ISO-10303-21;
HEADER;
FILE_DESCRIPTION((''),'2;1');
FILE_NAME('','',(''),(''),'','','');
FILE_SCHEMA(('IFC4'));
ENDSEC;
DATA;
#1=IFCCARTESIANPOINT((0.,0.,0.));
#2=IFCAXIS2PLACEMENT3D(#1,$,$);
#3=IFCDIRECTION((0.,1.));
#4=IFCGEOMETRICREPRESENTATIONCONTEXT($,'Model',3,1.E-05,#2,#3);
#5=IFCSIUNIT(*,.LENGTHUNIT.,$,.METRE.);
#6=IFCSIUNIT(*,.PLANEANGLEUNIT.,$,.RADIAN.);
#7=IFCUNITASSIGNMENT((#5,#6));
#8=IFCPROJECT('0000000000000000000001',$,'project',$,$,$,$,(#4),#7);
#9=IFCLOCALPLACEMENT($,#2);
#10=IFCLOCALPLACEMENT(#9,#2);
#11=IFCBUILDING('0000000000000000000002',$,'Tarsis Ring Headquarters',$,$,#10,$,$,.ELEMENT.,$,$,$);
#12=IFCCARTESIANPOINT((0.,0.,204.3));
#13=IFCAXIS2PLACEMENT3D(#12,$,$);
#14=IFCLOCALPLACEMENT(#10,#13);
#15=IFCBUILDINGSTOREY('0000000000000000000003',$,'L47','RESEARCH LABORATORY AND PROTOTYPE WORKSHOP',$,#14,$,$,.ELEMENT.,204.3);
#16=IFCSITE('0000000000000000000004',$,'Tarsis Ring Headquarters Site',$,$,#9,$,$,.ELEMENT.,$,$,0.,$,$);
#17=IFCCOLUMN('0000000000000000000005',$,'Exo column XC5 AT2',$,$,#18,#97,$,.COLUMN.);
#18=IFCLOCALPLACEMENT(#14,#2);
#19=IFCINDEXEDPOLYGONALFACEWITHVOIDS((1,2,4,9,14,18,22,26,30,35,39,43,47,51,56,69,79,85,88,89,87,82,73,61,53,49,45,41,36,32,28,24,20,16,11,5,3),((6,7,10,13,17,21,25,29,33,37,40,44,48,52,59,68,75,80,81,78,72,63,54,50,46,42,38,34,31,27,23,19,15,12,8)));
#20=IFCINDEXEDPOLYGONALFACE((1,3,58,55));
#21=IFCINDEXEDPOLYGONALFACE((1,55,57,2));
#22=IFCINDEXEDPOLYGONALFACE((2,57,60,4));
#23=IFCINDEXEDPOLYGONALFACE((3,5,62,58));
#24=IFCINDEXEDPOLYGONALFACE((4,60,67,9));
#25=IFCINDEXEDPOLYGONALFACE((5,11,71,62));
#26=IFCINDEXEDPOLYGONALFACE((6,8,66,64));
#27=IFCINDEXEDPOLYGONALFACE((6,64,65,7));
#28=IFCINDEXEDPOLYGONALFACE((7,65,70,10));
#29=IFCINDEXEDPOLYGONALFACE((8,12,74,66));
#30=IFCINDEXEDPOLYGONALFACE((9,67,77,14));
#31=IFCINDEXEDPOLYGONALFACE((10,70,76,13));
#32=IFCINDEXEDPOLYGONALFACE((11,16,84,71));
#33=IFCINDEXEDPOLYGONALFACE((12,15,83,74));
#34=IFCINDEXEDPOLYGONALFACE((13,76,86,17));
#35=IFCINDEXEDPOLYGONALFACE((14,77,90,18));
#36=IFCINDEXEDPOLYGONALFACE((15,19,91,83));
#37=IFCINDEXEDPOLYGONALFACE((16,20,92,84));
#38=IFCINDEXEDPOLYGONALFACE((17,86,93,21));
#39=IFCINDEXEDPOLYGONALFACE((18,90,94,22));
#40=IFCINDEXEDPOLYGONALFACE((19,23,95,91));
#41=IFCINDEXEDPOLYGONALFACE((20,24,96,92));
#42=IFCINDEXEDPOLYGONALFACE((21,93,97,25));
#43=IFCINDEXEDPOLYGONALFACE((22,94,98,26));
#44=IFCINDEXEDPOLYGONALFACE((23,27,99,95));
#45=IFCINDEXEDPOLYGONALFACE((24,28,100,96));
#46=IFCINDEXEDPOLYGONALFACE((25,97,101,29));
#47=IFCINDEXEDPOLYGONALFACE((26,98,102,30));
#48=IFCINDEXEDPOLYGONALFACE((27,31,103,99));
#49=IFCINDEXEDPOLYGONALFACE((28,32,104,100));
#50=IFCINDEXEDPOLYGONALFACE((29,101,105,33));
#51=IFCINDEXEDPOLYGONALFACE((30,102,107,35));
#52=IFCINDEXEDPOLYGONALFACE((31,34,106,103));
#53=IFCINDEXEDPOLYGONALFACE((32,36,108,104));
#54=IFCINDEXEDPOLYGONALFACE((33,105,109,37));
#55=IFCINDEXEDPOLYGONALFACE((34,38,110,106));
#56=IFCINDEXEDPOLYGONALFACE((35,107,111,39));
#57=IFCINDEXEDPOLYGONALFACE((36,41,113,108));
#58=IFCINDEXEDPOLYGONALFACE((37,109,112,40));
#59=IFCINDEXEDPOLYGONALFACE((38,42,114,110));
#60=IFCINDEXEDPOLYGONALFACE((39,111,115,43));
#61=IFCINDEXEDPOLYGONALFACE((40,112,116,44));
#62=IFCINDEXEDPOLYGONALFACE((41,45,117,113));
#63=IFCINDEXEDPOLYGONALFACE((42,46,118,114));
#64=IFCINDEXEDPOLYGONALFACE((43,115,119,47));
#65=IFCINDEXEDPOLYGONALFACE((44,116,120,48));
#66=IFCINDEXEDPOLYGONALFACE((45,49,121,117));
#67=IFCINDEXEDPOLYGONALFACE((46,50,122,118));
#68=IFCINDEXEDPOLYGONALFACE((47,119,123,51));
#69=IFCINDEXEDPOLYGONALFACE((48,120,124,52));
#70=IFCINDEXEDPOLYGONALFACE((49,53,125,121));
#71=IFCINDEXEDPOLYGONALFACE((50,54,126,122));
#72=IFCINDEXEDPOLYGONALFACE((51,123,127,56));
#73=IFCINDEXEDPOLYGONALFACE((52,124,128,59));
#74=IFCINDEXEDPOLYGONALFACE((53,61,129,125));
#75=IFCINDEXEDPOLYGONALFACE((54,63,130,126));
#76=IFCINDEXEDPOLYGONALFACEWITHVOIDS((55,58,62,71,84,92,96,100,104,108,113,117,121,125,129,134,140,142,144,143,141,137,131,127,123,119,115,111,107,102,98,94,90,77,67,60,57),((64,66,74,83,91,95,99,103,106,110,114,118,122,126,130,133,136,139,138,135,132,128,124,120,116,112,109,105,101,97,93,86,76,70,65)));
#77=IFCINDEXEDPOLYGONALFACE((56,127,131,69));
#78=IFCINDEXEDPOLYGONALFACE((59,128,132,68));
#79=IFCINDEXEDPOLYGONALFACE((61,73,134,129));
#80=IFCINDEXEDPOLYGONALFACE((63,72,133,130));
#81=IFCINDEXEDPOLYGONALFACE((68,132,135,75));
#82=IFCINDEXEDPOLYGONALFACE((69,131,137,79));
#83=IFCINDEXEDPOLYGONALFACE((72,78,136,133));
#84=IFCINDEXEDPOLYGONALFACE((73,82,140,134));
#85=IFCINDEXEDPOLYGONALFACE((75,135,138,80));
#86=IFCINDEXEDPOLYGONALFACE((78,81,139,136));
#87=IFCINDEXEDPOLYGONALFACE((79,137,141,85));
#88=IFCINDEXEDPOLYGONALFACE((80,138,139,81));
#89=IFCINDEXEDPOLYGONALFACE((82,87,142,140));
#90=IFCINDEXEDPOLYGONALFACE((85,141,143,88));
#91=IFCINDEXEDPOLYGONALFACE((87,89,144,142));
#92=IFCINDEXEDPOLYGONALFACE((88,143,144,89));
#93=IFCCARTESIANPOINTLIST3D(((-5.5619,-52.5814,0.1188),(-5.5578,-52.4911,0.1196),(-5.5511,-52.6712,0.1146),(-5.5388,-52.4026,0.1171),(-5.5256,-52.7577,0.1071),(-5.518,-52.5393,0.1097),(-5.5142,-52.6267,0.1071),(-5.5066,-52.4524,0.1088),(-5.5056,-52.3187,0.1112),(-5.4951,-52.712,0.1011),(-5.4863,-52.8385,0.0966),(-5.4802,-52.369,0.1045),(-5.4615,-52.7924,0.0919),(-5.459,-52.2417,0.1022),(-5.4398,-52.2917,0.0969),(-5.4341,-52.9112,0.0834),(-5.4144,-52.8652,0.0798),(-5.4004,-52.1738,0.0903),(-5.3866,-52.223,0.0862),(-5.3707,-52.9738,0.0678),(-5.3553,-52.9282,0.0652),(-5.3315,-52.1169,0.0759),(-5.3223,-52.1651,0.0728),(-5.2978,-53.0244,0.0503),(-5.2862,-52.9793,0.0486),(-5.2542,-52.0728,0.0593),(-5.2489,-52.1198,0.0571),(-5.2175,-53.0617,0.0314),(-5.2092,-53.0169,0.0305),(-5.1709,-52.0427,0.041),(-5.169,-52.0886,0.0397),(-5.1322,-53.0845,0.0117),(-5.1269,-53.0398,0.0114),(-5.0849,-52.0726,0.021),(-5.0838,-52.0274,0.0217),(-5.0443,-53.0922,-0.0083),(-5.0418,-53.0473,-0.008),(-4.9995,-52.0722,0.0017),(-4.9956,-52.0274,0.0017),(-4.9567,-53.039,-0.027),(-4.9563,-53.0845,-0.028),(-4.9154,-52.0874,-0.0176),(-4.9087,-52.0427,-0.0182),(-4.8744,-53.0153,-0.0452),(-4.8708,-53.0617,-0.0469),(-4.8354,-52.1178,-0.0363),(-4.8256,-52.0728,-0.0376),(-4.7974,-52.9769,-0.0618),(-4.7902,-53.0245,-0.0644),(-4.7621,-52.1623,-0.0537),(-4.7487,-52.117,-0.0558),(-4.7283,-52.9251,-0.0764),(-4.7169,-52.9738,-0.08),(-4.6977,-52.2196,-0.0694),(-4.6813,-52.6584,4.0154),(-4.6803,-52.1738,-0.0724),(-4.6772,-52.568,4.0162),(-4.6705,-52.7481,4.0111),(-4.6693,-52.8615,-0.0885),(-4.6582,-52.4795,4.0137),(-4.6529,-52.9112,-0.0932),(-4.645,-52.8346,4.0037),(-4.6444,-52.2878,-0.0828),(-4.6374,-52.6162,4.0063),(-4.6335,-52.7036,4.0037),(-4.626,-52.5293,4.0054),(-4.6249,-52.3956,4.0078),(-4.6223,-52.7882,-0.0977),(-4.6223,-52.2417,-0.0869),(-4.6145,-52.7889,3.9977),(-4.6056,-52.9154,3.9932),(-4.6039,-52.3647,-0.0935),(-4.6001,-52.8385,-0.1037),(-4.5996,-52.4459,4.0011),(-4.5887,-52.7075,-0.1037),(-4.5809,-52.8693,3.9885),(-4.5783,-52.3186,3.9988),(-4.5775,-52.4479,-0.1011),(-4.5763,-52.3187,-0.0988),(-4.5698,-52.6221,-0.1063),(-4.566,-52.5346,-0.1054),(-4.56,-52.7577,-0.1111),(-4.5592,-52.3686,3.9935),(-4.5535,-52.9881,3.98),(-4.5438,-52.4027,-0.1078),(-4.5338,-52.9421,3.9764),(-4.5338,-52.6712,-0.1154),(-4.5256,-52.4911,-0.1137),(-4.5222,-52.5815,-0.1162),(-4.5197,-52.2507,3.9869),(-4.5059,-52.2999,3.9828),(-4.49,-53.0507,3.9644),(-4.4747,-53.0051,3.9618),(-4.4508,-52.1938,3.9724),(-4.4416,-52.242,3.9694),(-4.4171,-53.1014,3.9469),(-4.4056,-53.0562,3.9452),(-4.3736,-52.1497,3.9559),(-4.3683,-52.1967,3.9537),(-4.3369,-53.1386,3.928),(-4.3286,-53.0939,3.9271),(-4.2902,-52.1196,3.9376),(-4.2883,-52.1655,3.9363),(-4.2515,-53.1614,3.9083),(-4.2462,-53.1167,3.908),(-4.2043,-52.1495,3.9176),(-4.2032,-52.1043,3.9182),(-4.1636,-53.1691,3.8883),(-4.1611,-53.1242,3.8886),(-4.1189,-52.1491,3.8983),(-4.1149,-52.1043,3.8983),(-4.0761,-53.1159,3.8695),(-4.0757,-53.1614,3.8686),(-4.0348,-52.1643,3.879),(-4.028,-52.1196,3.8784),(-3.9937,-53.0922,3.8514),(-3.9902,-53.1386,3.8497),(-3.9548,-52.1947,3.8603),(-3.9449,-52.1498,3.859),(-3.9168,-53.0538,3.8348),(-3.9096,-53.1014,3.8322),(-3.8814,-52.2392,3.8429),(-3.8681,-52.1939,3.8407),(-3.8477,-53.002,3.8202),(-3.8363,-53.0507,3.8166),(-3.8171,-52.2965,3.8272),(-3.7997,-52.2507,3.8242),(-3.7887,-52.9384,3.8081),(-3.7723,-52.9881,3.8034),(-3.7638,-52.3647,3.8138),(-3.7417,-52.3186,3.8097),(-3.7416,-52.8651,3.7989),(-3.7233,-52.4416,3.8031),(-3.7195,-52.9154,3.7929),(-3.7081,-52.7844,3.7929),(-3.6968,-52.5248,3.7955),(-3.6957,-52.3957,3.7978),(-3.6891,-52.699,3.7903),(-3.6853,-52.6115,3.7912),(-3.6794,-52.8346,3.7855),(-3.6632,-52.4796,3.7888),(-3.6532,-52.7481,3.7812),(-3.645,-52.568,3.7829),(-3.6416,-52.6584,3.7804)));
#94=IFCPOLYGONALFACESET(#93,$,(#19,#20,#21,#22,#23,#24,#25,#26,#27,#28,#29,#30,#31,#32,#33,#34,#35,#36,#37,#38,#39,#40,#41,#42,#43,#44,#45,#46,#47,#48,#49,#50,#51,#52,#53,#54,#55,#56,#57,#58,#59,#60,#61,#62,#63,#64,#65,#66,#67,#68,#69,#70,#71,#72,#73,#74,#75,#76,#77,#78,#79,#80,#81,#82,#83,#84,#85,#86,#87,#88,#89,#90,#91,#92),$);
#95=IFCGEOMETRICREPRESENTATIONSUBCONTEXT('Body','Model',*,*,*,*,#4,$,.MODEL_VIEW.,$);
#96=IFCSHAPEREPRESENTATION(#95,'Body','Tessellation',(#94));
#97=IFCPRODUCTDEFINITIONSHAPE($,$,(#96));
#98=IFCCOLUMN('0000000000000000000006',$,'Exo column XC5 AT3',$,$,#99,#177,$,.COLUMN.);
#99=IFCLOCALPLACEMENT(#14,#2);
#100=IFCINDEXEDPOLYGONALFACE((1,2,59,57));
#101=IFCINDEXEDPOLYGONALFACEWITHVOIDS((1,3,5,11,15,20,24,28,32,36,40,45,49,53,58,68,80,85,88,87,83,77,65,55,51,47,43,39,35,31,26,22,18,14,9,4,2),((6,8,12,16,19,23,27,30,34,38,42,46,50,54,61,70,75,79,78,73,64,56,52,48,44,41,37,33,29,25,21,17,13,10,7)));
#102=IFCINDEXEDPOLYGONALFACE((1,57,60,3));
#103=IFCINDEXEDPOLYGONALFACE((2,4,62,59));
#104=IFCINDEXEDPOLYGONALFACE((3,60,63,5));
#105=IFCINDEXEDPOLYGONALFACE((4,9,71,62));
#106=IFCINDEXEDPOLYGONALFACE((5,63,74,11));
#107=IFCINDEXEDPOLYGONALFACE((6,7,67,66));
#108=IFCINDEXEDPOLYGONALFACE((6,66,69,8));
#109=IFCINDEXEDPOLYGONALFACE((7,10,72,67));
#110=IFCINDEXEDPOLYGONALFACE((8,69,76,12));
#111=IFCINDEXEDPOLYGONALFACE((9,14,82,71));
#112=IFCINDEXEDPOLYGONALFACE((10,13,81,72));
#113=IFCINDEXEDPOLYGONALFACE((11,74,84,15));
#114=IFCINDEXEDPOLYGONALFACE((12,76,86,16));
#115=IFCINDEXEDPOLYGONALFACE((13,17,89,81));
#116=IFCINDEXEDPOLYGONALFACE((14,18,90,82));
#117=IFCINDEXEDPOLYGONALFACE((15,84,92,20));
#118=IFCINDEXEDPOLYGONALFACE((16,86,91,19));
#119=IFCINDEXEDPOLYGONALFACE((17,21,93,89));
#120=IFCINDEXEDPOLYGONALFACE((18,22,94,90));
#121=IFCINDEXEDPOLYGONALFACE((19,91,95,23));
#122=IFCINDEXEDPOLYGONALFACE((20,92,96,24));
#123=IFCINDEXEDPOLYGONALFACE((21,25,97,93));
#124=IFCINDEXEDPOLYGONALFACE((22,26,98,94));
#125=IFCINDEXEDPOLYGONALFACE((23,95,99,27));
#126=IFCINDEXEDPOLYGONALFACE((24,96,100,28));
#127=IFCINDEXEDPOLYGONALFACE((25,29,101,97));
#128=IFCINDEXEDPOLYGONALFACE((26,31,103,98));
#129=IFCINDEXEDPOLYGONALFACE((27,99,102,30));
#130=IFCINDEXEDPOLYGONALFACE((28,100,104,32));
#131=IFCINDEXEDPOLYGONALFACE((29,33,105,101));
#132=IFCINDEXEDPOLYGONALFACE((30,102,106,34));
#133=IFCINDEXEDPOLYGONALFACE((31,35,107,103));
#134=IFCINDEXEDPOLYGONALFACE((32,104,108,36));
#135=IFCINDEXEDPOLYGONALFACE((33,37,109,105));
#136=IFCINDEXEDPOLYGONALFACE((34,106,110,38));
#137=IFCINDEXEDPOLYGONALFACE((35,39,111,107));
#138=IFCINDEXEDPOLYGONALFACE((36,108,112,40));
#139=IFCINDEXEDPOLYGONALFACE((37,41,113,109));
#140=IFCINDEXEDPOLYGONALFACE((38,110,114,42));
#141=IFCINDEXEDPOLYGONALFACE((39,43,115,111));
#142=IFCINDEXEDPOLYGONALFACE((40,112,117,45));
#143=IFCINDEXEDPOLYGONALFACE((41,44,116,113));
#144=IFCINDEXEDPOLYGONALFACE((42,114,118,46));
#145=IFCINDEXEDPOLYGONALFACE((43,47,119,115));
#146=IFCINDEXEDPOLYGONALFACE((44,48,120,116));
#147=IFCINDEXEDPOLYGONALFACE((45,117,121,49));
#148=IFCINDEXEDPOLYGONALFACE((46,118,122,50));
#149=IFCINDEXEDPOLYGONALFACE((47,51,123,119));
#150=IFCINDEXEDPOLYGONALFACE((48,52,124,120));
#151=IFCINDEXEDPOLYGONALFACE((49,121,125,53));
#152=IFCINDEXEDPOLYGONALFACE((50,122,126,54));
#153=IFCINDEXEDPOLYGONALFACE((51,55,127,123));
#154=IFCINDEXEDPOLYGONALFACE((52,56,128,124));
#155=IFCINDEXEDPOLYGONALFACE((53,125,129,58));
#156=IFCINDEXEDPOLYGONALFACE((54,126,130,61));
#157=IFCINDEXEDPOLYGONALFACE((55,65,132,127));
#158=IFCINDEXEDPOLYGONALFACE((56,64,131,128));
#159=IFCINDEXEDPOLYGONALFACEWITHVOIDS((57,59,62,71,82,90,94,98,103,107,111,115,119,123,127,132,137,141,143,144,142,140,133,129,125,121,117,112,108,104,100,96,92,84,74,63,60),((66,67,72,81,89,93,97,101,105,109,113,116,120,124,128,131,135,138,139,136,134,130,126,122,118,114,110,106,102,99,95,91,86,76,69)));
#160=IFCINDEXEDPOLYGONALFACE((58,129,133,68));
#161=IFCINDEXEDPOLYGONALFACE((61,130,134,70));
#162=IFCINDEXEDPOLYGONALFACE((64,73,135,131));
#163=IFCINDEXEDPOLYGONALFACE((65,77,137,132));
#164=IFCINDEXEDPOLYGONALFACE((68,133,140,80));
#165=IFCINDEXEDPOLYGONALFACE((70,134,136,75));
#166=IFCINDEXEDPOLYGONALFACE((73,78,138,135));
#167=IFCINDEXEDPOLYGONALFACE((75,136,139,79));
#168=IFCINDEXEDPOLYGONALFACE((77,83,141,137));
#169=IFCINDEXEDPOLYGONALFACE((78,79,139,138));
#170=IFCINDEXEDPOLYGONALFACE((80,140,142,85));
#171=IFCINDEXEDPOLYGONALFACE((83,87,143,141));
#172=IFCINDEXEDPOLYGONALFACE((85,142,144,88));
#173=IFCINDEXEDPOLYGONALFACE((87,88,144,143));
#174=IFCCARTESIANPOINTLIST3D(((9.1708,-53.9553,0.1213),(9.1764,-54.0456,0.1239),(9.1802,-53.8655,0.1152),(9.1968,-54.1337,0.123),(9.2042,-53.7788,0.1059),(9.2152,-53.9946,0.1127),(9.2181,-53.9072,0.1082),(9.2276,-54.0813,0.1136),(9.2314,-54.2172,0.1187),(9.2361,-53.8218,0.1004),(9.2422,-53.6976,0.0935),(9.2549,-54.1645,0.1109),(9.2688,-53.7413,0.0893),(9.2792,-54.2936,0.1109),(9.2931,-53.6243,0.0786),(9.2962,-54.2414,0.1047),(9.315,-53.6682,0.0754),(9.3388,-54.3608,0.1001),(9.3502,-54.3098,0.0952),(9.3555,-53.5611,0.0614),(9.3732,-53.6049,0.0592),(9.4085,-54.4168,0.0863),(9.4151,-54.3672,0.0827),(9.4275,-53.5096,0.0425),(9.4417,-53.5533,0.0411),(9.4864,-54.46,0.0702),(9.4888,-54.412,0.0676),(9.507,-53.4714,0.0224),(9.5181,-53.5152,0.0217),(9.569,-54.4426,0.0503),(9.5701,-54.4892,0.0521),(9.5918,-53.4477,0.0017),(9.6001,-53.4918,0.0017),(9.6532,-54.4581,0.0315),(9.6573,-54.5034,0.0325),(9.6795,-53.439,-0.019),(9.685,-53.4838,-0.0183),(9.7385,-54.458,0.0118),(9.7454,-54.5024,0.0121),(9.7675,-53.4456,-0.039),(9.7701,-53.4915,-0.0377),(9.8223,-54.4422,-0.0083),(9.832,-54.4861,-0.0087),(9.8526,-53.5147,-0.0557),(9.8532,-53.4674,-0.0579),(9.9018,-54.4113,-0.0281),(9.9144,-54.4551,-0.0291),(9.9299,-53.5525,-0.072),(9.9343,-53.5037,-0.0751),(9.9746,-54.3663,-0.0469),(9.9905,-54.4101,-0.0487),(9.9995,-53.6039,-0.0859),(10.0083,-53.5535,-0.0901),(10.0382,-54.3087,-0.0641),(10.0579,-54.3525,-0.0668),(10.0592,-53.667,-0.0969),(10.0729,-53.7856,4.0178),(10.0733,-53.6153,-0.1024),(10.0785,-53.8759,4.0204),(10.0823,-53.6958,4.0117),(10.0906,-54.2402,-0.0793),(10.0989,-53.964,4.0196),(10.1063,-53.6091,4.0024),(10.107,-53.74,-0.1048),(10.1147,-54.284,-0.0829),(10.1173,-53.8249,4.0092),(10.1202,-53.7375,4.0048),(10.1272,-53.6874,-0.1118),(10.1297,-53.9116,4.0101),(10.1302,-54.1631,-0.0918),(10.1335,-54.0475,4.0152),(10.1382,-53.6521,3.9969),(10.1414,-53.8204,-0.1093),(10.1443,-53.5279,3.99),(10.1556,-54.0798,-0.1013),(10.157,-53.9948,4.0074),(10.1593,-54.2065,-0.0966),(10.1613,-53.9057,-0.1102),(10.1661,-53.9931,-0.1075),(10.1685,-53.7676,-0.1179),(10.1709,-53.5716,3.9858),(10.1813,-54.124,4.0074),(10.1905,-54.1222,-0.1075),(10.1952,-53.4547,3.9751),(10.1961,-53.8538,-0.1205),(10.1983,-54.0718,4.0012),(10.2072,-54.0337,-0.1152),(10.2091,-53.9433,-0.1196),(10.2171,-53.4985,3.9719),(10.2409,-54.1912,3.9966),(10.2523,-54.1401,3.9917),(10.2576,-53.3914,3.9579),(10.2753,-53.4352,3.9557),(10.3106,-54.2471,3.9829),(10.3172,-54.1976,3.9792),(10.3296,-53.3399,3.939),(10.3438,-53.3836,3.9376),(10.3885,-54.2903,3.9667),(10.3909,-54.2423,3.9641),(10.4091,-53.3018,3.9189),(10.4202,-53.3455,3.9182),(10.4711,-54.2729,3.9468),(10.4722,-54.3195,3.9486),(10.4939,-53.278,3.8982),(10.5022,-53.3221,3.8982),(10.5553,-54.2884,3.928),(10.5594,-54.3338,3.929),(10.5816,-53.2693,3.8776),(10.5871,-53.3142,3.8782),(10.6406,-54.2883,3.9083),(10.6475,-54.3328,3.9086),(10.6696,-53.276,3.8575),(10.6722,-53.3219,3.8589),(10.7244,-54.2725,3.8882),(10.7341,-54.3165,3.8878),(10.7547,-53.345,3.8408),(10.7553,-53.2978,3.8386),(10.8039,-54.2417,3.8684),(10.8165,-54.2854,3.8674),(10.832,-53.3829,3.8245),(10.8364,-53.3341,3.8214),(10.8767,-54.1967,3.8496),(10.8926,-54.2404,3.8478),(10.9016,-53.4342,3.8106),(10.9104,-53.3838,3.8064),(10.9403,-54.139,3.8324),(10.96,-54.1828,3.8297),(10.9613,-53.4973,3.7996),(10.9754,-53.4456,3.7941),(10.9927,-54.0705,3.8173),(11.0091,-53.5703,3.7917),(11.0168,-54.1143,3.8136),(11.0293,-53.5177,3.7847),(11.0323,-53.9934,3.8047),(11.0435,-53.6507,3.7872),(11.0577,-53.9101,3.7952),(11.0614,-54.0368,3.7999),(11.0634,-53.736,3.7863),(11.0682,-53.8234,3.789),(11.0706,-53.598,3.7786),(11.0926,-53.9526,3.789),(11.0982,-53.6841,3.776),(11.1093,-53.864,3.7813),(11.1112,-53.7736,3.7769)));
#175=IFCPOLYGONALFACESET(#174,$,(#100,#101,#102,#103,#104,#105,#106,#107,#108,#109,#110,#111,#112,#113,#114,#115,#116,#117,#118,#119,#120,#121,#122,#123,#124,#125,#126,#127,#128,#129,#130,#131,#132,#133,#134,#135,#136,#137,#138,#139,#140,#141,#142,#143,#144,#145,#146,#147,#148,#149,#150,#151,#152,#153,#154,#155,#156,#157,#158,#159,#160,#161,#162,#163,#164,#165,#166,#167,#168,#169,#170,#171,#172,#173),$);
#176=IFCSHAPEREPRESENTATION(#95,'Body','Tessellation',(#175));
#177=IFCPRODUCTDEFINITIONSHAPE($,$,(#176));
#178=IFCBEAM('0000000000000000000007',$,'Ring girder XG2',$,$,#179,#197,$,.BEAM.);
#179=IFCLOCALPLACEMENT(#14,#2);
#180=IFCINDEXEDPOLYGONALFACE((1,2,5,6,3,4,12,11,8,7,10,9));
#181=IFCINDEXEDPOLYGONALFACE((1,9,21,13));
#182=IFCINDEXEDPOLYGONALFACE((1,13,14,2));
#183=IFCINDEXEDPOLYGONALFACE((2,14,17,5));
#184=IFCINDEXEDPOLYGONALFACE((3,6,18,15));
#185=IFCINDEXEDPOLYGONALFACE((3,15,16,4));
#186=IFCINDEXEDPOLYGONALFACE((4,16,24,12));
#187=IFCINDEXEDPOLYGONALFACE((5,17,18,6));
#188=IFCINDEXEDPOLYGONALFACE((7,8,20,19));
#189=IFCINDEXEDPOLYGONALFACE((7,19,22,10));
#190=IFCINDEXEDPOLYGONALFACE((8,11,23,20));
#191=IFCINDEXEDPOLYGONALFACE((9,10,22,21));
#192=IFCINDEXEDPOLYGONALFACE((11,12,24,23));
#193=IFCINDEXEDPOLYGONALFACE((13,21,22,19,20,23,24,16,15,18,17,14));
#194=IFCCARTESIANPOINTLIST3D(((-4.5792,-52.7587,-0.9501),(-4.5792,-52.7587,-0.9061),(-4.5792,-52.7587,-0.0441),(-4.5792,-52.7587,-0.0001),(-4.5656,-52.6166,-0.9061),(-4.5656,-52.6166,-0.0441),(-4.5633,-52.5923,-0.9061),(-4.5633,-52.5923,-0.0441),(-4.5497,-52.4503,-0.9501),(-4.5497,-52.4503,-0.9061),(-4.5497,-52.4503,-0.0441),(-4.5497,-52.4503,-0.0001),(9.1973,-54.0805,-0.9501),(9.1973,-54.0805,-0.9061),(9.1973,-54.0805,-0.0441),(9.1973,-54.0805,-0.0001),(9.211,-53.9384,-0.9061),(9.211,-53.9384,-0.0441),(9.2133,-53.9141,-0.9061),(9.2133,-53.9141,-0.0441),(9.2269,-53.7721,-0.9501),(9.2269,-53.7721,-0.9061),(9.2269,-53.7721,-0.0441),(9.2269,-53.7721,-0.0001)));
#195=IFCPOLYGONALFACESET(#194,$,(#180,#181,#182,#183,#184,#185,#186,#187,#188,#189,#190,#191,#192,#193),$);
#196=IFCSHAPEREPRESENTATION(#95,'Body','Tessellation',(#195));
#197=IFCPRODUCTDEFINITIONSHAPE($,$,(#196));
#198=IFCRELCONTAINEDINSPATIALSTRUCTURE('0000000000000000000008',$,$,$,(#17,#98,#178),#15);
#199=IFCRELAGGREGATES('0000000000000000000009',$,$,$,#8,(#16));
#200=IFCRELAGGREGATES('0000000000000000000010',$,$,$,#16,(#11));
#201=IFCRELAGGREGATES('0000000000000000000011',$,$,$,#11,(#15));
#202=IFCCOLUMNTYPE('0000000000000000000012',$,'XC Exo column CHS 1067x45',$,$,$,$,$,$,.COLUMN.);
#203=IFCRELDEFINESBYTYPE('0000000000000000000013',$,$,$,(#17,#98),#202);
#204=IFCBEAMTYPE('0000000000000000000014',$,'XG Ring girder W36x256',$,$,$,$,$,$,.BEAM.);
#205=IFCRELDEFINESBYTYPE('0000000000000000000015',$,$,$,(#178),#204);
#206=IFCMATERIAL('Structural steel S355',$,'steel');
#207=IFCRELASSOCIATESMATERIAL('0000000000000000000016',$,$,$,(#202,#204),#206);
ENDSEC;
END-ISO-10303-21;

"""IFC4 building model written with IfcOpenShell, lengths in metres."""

from ifc_helpers import new_model, si_unit, direction, frame, origin, origin_2d, place, context, subcontext, project, spatial, hollow_circle, i_section, extrude, material, material_profile, profile_set, type_object, element, save


model = new_model("IFC4")

# Units and contexts
model_context = context("Model", 3, precision=1e-05, world=origin(), true_north=direction((0.0, 1.0)))
body_context = subcontext(model_context, "Body", "Model", "MODEL_VIEW")
ifc_project = project(units=[si_unit("LENGTHUNIT", "METRE"), si_unit("PLANEANGLEUNIT", "RADIAN")], contexts=[model_context])

# Site, building, storey
site_placement = place(None, origin())
site = spatial("IfcSite", under=ifc_project, at=site_placement, Name="Tarsis Ring Headquarters Site", CompositionType="ELEMENT", RefElevation=0.0)
building_placement = place(site_placement, origin())
building = spatial("IfcBuilding", under=site, at=building_placement, Name="Tarsis Ring Headquarters", CompositionType="ELEMENT")
storey_placement = place(building_placement, frame((0.0, 0.0, 204.3)))
storey = spatial("IfcBuildingStorey", under=building, at=storey_placement, Name="L47", Description="RESEARCH LABORATORY AND PROTOTYPE WORKSHOP", CompositionType="ELEMENT", Elevation=204.3)

# Columns
ifc_material_1 = material(Name="Structural steel S355", Category="steel")
ifc_material_profile_1 = material_profile(ifc_material_1, hollow_circle(Radius=0.5334, WallThickness=0.0449, at=origin_2d()), Name="CHS 1067x45")
ifc_profile_set_1 = profile_set([ifc_material_profile_1], Name="Structural steel S355")
column_type = type_object("IfcColumnType", Name="XC Exo column CHS 1067x45", PredefinedType="COLUMN", material=ifc_profile_set_1)
column_1_placement = place(storey_placement, frame((-5.042, -52.5588, 0.0017), z_axis=(0.220402, -0.019248, 0.975219), x_axis=(0.086999, 0.996208, 0.0)))
element("IfcColumn", 1, at=column_1_placement, inside=storey, type_object=column_type, Name="Exo column XC5 AT2", PredefinedType="COLUMN", context=body_context, shape_type="SweptSolid", body=[
    extrude(hollow_circle(Radius=0.5334, WallThickness=0.0449, at=origin_2d()), origin(), (0.0, 0.0, 1.0), 3.9956),
])
column_2_placement = place(storey_placement, frame((9.6904, -53.9719, 0.0017), z_axis=(0.225348, 0.042386, 0.973356), x_axis=(-0.184851, 0.982767, 0.0)))
element("IfcColumn", 2, at=column_2_placement, inside=storey, type_object=column_type, Name="Exo column XC5 AT3", PredefinedType="COLUMN", context=body_context, shape_type="SweptSolid", body=[
    extrude(hollow_circle(Radius=0.5334, WallThickness=0.0449, at=origin_2d()), origin(), (0.0, 0.0, 1.0), 4.0032),
])

# Beam
ifc_material_profile_2 = material_profile(ifc_material_1, i_section(OverallWidth=0.3098, OverallDepth=0.95, WebThickness=0.0244, FlangeThickness=0.0439, at=origin_2d()), Name="W36x256")
ifc_profile_set_2 = profile_set([ifc_material_profile_2], Name="Structural steel S355")
beam_type = type_object("IfcBeamType", Name="XG Ring girder W36x256", PredefinedType="BEAM", material=ifc_profile_set_2)
beam_1_placement = place(storey_placement, frame((-4.5645, -52.6045, -0.4751), z_axis=(0.995429, -0.095505, 0.0), x_axis=(0.095505, 0.995429, 0.0)))
element("IfcBeam", 3, at=beam_1_placement, inside=storey, type_object=beam_type, Name="Ring girder XG2", PredefinedType="BEAM", context=body_context, shape_type="SweptSolid", body=[
    extrude(i_section(OverallWidth=0.3098, OverallDepth=0.95, WebThickness=0.0244, FlangeThickness=0.0439, at=origin_2d()), origin(), (0.0, 0.0, 1.0), 13.8398),
])

save(model, "model.ifc")
